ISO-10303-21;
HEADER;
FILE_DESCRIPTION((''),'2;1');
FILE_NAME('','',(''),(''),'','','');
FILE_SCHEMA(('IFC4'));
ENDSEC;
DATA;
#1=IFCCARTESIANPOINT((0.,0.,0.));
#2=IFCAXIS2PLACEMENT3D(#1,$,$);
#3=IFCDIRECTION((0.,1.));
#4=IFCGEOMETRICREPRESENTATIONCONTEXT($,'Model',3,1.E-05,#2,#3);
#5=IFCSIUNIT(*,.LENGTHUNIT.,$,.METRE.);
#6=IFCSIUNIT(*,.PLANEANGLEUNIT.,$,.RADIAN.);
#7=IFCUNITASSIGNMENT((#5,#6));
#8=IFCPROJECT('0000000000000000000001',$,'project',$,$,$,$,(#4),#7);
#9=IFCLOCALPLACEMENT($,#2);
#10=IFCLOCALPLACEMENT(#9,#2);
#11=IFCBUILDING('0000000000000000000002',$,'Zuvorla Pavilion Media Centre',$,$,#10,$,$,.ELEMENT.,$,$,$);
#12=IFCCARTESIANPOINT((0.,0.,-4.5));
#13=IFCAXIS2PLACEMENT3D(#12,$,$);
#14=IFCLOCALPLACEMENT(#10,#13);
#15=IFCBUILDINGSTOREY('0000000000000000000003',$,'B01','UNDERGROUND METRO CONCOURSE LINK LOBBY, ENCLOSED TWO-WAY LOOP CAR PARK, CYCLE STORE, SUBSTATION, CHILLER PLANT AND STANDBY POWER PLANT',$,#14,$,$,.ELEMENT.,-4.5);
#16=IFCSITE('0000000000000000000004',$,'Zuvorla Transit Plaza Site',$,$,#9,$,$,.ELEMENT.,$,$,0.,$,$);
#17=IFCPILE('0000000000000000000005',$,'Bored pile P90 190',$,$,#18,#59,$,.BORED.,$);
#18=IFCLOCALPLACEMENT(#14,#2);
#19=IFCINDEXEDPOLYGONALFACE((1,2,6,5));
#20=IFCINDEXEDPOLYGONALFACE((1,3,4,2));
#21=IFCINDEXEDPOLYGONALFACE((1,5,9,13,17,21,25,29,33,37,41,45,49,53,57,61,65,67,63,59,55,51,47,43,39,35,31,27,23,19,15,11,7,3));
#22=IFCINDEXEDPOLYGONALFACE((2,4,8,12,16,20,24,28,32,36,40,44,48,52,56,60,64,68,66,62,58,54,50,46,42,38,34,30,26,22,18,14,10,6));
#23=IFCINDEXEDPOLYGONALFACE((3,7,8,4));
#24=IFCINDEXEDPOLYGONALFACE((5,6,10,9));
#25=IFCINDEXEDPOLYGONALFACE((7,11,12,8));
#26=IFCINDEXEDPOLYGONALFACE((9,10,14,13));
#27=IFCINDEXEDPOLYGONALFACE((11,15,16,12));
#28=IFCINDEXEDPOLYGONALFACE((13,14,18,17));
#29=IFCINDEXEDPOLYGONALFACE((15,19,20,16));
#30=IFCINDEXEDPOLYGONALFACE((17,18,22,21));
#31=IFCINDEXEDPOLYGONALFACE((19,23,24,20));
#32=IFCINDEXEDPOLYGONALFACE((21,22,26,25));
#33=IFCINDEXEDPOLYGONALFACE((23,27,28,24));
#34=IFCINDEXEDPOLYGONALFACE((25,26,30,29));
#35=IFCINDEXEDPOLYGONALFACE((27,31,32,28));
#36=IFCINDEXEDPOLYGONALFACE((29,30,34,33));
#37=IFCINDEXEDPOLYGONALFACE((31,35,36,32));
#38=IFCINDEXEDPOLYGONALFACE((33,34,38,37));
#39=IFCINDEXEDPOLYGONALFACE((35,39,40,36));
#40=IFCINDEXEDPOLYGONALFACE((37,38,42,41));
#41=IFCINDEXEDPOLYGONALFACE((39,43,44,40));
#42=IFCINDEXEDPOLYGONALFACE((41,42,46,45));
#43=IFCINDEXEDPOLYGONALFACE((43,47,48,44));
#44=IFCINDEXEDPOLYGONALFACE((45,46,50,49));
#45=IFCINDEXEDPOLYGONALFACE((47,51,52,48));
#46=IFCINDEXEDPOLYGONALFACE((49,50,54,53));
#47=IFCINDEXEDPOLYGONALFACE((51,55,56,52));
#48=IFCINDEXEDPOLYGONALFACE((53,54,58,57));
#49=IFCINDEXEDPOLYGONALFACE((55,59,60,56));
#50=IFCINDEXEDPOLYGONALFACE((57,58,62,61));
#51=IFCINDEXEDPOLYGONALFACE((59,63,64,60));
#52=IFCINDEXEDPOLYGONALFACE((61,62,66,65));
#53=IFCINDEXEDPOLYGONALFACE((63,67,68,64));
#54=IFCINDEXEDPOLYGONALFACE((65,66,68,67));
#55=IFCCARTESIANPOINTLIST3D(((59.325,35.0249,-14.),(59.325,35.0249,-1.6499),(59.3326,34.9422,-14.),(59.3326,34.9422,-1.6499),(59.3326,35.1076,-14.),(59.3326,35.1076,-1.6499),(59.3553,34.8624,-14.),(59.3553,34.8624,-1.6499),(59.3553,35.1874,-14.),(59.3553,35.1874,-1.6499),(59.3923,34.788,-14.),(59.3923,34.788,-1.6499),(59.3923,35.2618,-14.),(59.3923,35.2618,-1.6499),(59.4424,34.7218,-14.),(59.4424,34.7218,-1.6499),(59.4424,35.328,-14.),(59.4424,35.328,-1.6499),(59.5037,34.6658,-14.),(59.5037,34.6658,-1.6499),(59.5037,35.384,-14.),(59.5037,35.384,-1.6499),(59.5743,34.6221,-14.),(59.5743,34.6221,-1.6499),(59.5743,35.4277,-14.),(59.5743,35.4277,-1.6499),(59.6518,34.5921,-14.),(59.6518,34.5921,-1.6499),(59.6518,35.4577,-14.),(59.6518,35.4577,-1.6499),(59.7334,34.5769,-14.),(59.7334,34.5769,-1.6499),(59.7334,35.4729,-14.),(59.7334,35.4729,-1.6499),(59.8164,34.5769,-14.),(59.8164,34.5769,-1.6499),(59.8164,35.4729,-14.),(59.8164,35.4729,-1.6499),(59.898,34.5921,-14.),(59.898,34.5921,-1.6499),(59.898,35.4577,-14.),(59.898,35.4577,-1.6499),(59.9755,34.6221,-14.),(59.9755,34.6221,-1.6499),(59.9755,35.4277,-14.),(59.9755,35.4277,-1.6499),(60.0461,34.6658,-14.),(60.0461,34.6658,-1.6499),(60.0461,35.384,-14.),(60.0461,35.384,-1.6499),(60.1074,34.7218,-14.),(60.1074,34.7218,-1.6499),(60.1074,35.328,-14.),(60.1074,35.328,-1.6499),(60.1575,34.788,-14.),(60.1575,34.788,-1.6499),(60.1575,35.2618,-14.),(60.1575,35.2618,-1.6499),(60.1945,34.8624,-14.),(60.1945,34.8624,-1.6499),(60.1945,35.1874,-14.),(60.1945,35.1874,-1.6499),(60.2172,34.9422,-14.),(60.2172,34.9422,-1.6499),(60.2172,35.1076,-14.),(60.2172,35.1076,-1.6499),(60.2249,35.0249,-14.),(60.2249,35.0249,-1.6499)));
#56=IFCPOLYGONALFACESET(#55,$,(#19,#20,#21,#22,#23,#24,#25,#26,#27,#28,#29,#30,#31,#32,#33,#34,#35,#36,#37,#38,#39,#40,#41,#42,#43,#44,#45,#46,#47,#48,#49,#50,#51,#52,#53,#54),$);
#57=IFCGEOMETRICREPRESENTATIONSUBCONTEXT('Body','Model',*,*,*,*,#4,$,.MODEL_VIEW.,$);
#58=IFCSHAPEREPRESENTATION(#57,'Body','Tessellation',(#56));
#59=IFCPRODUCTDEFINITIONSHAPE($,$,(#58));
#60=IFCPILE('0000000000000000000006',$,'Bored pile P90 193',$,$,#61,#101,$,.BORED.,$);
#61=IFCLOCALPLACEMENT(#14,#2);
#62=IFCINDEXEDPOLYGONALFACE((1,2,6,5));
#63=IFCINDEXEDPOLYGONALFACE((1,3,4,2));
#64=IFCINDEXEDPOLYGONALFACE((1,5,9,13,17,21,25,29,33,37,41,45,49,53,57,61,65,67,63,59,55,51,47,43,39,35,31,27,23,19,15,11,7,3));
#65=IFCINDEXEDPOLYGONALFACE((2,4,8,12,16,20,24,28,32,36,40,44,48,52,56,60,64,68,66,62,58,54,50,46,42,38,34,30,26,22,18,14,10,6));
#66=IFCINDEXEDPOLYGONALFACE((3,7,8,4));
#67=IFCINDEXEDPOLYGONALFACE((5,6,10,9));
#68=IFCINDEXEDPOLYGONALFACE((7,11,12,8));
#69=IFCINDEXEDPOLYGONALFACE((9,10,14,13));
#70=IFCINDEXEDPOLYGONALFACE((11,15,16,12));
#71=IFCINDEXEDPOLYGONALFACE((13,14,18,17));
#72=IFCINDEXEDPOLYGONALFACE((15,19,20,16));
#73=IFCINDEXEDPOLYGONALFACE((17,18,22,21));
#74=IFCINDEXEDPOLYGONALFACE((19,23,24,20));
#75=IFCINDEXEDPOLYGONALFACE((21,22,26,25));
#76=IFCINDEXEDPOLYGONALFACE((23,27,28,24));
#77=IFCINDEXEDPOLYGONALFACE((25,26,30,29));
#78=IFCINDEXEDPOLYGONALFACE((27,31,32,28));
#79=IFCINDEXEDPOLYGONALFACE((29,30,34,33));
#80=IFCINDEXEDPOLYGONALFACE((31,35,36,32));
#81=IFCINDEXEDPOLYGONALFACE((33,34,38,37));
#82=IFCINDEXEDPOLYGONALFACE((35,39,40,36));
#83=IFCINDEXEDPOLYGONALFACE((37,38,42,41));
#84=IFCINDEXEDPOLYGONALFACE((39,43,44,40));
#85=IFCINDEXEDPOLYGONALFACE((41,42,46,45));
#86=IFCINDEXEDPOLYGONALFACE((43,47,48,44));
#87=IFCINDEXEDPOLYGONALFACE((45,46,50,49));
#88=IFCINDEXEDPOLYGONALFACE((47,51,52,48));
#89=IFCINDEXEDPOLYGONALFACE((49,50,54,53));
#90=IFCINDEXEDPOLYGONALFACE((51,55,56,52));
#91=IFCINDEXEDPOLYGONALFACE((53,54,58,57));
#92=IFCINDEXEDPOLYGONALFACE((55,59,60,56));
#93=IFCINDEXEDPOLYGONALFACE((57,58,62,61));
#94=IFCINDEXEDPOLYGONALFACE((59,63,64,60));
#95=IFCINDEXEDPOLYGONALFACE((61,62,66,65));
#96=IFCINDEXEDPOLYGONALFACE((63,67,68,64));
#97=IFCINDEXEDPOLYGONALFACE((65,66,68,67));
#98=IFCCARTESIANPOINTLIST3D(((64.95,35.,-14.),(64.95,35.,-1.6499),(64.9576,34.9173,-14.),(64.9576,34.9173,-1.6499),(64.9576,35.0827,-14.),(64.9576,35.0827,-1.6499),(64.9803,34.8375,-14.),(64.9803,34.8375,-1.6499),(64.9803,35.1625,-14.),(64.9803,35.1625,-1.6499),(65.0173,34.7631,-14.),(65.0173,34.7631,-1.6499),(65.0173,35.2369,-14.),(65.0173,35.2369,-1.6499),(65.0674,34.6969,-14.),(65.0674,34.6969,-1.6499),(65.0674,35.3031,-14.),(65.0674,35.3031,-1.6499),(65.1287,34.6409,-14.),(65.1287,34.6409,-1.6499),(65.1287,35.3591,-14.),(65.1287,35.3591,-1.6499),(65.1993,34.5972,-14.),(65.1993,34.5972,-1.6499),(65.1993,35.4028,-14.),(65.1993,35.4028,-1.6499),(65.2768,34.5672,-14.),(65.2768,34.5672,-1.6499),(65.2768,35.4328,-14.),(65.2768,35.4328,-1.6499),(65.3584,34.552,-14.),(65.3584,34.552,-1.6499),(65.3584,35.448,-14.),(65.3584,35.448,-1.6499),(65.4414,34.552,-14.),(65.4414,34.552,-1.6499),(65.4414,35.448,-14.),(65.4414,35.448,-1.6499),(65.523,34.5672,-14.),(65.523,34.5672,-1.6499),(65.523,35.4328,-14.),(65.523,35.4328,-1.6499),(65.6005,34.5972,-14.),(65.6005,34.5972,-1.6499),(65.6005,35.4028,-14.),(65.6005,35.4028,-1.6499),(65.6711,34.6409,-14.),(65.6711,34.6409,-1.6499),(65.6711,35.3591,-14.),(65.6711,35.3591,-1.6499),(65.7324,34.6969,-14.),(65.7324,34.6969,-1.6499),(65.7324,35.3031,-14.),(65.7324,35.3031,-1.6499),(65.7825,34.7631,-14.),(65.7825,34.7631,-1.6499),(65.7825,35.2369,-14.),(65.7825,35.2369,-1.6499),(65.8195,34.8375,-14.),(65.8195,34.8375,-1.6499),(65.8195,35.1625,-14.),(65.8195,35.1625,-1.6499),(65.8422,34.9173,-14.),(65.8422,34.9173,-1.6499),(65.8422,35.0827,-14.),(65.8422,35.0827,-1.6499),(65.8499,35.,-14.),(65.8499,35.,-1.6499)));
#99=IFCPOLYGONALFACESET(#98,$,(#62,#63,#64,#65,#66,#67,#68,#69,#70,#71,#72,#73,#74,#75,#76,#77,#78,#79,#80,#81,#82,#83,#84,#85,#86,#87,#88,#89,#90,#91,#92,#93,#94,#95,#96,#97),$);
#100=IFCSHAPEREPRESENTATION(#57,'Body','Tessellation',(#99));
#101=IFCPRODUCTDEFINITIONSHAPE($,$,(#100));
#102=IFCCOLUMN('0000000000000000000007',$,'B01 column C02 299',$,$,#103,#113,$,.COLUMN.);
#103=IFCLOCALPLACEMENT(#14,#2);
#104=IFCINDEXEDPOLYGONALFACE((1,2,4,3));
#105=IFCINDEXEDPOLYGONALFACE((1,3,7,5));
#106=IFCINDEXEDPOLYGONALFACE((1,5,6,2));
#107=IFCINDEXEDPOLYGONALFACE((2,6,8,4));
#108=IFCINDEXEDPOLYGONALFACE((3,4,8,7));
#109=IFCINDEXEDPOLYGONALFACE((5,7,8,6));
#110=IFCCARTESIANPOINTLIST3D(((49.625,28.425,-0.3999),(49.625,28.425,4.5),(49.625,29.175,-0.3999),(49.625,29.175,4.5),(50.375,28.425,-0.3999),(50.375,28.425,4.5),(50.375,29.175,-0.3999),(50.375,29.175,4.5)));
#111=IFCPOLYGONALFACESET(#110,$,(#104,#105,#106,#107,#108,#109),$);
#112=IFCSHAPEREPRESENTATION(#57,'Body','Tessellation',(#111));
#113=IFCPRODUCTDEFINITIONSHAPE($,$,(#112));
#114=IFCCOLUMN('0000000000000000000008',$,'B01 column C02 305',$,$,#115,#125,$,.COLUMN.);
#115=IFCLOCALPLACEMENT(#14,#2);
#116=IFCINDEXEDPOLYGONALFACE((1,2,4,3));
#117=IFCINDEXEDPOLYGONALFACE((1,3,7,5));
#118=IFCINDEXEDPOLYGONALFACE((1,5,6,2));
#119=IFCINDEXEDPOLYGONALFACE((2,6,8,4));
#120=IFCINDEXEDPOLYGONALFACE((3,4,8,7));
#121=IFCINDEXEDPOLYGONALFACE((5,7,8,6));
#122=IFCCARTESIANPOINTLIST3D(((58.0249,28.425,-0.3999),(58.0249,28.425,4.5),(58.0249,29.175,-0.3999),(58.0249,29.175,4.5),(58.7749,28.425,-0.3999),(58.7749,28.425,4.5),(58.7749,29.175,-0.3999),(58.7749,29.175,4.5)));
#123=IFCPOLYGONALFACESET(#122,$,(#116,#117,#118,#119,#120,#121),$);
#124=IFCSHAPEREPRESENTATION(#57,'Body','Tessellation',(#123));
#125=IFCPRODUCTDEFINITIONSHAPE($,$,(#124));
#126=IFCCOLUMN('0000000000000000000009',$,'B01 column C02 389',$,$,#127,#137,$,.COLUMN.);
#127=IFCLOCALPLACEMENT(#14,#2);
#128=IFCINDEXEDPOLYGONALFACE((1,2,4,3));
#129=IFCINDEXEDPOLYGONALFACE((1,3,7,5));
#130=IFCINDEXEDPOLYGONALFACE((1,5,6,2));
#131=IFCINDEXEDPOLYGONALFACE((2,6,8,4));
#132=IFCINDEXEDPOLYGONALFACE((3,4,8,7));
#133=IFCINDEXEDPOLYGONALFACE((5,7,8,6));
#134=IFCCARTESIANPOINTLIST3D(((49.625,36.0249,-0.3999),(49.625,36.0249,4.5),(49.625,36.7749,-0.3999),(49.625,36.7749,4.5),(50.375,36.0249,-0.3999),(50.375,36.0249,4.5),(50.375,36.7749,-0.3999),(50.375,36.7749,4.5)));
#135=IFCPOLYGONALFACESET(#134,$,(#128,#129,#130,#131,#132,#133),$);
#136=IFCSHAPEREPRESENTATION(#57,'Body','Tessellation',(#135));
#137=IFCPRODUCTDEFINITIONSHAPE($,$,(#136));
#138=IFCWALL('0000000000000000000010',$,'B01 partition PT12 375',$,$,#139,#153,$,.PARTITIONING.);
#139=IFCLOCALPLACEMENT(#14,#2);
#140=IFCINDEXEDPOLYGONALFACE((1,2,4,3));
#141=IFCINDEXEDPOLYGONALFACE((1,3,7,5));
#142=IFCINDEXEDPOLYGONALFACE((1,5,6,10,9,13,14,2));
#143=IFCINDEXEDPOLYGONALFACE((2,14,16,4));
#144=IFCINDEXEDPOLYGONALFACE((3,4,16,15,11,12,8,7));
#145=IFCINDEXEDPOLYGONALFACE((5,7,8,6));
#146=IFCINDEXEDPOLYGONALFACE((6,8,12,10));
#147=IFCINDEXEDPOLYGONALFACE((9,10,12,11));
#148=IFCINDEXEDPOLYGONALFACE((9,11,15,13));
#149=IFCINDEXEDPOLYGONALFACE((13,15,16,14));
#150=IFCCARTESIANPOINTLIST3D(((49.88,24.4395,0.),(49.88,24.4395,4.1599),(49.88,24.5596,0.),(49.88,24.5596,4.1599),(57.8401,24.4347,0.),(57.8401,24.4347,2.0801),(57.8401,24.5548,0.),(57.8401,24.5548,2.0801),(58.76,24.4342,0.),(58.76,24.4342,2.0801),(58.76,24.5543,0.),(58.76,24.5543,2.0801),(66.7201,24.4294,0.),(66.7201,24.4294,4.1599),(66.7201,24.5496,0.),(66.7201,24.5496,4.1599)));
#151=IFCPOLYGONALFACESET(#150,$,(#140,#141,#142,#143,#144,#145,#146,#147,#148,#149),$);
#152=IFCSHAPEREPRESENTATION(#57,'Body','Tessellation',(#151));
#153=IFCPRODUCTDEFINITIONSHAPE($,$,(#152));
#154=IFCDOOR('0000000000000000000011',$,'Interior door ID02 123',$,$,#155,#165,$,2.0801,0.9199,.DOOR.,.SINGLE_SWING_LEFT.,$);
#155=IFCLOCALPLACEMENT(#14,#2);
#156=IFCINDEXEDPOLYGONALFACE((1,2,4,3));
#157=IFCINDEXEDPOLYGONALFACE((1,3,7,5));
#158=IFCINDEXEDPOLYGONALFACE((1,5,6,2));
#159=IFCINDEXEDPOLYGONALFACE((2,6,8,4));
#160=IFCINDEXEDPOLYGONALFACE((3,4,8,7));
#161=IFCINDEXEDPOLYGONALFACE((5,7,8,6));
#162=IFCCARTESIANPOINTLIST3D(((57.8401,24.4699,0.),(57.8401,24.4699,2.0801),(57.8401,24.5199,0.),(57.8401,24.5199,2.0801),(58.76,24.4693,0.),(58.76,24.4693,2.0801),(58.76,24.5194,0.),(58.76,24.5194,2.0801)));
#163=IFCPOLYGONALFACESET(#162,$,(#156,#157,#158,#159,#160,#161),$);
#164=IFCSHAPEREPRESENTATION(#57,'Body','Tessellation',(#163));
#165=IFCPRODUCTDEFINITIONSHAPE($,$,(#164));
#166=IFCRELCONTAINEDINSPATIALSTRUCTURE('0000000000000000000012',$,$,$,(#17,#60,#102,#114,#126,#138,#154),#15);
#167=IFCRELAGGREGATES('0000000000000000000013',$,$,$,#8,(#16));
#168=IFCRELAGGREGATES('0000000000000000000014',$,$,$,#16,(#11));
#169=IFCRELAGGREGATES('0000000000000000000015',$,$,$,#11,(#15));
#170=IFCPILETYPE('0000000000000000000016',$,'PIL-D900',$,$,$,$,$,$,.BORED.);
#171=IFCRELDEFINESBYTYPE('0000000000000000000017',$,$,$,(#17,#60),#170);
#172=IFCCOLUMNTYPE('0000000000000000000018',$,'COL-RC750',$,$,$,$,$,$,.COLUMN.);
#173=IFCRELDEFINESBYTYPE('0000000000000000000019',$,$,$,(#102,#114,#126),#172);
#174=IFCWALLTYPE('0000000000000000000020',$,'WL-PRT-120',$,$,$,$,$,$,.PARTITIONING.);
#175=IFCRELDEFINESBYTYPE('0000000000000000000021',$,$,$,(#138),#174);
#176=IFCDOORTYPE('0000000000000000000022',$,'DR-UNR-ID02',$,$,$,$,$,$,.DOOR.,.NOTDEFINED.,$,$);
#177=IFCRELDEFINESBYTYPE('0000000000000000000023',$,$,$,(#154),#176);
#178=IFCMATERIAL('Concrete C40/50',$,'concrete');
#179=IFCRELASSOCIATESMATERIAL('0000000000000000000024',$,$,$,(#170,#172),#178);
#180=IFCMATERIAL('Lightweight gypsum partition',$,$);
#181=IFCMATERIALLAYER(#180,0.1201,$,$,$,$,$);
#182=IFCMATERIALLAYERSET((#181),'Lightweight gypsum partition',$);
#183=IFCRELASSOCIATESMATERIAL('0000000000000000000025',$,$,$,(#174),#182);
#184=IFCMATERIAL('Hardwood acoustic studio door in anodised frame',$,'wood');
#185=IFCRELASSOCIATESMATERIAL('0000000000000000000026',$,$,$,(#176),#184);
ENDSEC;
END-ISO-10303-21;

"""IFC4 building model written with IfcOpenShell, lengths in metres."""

from ifc_helpers import new_model, si_unit, direction, frame, frame_2d, origin, origin_2d, place, context, subcontext, project, spatial, rectangle, circle, extrude, material, layer, layer_set, material_profile, profile_set, type_object, element, fill, save


model = new_model("IFC4")

# Units and contexts
model_context = context("Model", 3, precision=1e-05, world=origin(), true_north=direction((0.0, 1.0)))
body_context = subcontext(model_context, "Body", "Model", "MODEL_VIEW")
ifc_project = project(units=[si_unit("LENGTHUNIT", "METRE"), si_unit("PLANEANGLEUNIT", "RADIAN")], contexts=[model_context])

# Site, building, storey
site_placement = place(None, origin())
site = spatial("IfcSite", under=ifc_project, at=site_placement, Name="Zuvorla Transit Plaza Site", CompositionType="ELEMENT", RefElevation=0.0)
building_placement = place(site_placement, origin())
building = spatial("IfcBuilding", under=site, at=building_placement, Name="Zuvorla Pavilion Media Centre", CompositionType="ELEMENT")
storey_placement = place(building_placement, frame((0.0, 0.0, -4.5)))
storey = spatial("IfcBuildingStorey", under=building, at=storey_placement, Name="B01", Description="UNDERGROUND METRO CONCOURSE LINK LOBBY, ENCLOSED TWO-WAY LOOP CAR PARK, CYCLE STORE, SUBSTATION, CHILLER PLANT AND STANDBY POWER PLANT", CompositionType="ELEMENT", Elevation=-4.5)

# Shared definitions
ifc_material_1 = material(Name="Concrete C40/50", Category="concrete")

# Piles
ifc_material_profile_1 = material_profile(ifc_material_1, circle(Radius=0.45, at=origin_2d()), Name="BORED PILE 900")
ifc_profile_set_1 = profile_set([ifc_material_profile_1], Name="Concrete C40/50")
pile_type = type_object("IfcPileType", Name="PIL-D900", PredefinedType="BORED", material=ifc_profile_set_1)
for number, where, z_axis, x_axis, name in (
    (1, (59.7749, 35.0249, -1.6499), (0.0, 0.0, -1.0), (1.0, 0.0, 0.0), "Bored pile P90 190"),
    (2, (65.3999, 35.0, -1.6499), (0.0, 0.0, -1.0), (1.0, 0.0, 0.0), "Bored pile P90 193"),
):
    element("IfcPile", number, at=place(storey_placement, frame(where, z_axis=z_axis, x_axis=x_axis)), inside=storey, type_object=pile_type, Name=name, PredefinedType="BORED", context=body_context, shape_type="SweptSolid", body=[
        extrude(circle(Radius=0.45, at=origin_2d()), origin(), (0.0, 0.0, 1.0), 12.3501),
    ])

# Columns
ifc_material_profile_2 = material_profile(ifc_material_1, rectangle(XDim=0.75, YDim=0.75, at=origin_2d()), Name="RC 750x750")
ifc_profile_set_2 = profile_set([ifc_material_profile_2], Name="Concrete C40/50")
column_type = type_object("IfcColumnType", Name="COL-RC750", PredefinedType="COLUMN", material=ifc_profile_set_2)
for number, where, z_axis, x_axis, name in (
    (3, (50.0, 28.8, -0.3999), (0.0, 0.0, 1.0), (1.0, 0.0, 0.0), "B01 column C02 299"),
    (4, (58.3999, 28.8, -0.3999), (0.0, 0.0, 1.0), (1.0, 0.0, 0.0), "B01 column C02 305"),
    (5, (50.0, 36.3999, -0.3999), (0.0, 0.0, 1.0), (1.0, 0.0, 0.0), "B01 column C02 389"),
):
    element("IfcColumn", number, at=place(storey_placement, frame(where, z_axis=z_axis, x_axis=x_axis)), inside=storey, type_object=column_type, Name=name, PredefinedType="COLUMN", context=body_context, shape_type="SweptSolid", body=[
        extrude(rectangle(XDim=0.75, YDim=0.75, at=origin_2d()), origin(), (0.0, 0.0, 1.0), 4.8999),
    ])

# Wall, opening, door
ifc_material_2 = material(Name="Lightweight gypsum partition")
ifc_layer = layer(ifc_material_2, 0.1201)
ifc_layer_set = layer_set([ifc_layer], Name="Lightweight gypsum partition")
wall_type = type_object("IfcWallType", Name="WL-PRT-120", PredefinedType="PARTITIONING", material=ifc_layer_set)
wall_placement = place(storey_placement, frame((66.72, 24.4895, 0.0), z_axis=(0.0, 0.0, 1.0), x_axis=(-1.0, 0.000594, 0.0)))
wall = element("IfcWall", 6, at=wall_placement, inside=storey, type_object=wall_type, Name="B01 partition PT12 375", PredefinedType="PARTITIONING", context=body_context, shape_type="SweptSolid", body=[
    extrude(rectangle(XDim=16.8401, YDim=0.1201, at=frame_2d((8.4199, 0.0))), origin(), (0.0, 0.0, 1.0), 4.1599),
])
opening_placement = place(wall_placement, frame((7.96, 0.0, 0.0)))
opening = element("IfcOpeningElement", 7, at=opening_placement, cuts=wall, PredefinedType="OPENING", context=body_context, shape_type="SweptSolid", body=[
    extrude(rectangle(XDim=0.9199, YDim=2.0801, at=frame_2d((0.46, 1.04))), frame((0.0, 0.0701, 0.0), z_axis=(0.0, -1.0, 0.0), x_axis=(1.0, 0.0, 0.0)), (0.0, 0.0, 1.0), 0.1401),
])
ifc_material_3 = material(Name="Hardwood acoustic studio door in anodised frame", Category="wood")
door_type = type_object("IfcDoorType", Name="DR-UNR-ID02", OperationType="NOTDEFINED", PredefinedType="DOOR", material=ifc_material_3)
door_placement = place(opening_placement, origin())
door = element("IfcDoor", 8, at=door_placement, inside=storey, type_object=door_type, Name="Interior door ID02 123", OperationType="SINGLE_SWING_LEFT", OverallHeight=2.0801, OverallWidth=0.9199, PredefinedType="DOOR", context=body_context, shape_type="SweptSolid", body=[
    extrude(rectangle(XDim=0.9199, YDim=2.0801, at=frame_2d((0.46, 1.04))), frame((0.0, 0.0249, 0.0), z_axis=(0.0, -1.0, 0.0), x_axis=(1.0, 0.0, 0.0)), (0.0, 0.0, 1.0), 0.05),
])
fill(opening, door)

save(model, "model.ifc")
